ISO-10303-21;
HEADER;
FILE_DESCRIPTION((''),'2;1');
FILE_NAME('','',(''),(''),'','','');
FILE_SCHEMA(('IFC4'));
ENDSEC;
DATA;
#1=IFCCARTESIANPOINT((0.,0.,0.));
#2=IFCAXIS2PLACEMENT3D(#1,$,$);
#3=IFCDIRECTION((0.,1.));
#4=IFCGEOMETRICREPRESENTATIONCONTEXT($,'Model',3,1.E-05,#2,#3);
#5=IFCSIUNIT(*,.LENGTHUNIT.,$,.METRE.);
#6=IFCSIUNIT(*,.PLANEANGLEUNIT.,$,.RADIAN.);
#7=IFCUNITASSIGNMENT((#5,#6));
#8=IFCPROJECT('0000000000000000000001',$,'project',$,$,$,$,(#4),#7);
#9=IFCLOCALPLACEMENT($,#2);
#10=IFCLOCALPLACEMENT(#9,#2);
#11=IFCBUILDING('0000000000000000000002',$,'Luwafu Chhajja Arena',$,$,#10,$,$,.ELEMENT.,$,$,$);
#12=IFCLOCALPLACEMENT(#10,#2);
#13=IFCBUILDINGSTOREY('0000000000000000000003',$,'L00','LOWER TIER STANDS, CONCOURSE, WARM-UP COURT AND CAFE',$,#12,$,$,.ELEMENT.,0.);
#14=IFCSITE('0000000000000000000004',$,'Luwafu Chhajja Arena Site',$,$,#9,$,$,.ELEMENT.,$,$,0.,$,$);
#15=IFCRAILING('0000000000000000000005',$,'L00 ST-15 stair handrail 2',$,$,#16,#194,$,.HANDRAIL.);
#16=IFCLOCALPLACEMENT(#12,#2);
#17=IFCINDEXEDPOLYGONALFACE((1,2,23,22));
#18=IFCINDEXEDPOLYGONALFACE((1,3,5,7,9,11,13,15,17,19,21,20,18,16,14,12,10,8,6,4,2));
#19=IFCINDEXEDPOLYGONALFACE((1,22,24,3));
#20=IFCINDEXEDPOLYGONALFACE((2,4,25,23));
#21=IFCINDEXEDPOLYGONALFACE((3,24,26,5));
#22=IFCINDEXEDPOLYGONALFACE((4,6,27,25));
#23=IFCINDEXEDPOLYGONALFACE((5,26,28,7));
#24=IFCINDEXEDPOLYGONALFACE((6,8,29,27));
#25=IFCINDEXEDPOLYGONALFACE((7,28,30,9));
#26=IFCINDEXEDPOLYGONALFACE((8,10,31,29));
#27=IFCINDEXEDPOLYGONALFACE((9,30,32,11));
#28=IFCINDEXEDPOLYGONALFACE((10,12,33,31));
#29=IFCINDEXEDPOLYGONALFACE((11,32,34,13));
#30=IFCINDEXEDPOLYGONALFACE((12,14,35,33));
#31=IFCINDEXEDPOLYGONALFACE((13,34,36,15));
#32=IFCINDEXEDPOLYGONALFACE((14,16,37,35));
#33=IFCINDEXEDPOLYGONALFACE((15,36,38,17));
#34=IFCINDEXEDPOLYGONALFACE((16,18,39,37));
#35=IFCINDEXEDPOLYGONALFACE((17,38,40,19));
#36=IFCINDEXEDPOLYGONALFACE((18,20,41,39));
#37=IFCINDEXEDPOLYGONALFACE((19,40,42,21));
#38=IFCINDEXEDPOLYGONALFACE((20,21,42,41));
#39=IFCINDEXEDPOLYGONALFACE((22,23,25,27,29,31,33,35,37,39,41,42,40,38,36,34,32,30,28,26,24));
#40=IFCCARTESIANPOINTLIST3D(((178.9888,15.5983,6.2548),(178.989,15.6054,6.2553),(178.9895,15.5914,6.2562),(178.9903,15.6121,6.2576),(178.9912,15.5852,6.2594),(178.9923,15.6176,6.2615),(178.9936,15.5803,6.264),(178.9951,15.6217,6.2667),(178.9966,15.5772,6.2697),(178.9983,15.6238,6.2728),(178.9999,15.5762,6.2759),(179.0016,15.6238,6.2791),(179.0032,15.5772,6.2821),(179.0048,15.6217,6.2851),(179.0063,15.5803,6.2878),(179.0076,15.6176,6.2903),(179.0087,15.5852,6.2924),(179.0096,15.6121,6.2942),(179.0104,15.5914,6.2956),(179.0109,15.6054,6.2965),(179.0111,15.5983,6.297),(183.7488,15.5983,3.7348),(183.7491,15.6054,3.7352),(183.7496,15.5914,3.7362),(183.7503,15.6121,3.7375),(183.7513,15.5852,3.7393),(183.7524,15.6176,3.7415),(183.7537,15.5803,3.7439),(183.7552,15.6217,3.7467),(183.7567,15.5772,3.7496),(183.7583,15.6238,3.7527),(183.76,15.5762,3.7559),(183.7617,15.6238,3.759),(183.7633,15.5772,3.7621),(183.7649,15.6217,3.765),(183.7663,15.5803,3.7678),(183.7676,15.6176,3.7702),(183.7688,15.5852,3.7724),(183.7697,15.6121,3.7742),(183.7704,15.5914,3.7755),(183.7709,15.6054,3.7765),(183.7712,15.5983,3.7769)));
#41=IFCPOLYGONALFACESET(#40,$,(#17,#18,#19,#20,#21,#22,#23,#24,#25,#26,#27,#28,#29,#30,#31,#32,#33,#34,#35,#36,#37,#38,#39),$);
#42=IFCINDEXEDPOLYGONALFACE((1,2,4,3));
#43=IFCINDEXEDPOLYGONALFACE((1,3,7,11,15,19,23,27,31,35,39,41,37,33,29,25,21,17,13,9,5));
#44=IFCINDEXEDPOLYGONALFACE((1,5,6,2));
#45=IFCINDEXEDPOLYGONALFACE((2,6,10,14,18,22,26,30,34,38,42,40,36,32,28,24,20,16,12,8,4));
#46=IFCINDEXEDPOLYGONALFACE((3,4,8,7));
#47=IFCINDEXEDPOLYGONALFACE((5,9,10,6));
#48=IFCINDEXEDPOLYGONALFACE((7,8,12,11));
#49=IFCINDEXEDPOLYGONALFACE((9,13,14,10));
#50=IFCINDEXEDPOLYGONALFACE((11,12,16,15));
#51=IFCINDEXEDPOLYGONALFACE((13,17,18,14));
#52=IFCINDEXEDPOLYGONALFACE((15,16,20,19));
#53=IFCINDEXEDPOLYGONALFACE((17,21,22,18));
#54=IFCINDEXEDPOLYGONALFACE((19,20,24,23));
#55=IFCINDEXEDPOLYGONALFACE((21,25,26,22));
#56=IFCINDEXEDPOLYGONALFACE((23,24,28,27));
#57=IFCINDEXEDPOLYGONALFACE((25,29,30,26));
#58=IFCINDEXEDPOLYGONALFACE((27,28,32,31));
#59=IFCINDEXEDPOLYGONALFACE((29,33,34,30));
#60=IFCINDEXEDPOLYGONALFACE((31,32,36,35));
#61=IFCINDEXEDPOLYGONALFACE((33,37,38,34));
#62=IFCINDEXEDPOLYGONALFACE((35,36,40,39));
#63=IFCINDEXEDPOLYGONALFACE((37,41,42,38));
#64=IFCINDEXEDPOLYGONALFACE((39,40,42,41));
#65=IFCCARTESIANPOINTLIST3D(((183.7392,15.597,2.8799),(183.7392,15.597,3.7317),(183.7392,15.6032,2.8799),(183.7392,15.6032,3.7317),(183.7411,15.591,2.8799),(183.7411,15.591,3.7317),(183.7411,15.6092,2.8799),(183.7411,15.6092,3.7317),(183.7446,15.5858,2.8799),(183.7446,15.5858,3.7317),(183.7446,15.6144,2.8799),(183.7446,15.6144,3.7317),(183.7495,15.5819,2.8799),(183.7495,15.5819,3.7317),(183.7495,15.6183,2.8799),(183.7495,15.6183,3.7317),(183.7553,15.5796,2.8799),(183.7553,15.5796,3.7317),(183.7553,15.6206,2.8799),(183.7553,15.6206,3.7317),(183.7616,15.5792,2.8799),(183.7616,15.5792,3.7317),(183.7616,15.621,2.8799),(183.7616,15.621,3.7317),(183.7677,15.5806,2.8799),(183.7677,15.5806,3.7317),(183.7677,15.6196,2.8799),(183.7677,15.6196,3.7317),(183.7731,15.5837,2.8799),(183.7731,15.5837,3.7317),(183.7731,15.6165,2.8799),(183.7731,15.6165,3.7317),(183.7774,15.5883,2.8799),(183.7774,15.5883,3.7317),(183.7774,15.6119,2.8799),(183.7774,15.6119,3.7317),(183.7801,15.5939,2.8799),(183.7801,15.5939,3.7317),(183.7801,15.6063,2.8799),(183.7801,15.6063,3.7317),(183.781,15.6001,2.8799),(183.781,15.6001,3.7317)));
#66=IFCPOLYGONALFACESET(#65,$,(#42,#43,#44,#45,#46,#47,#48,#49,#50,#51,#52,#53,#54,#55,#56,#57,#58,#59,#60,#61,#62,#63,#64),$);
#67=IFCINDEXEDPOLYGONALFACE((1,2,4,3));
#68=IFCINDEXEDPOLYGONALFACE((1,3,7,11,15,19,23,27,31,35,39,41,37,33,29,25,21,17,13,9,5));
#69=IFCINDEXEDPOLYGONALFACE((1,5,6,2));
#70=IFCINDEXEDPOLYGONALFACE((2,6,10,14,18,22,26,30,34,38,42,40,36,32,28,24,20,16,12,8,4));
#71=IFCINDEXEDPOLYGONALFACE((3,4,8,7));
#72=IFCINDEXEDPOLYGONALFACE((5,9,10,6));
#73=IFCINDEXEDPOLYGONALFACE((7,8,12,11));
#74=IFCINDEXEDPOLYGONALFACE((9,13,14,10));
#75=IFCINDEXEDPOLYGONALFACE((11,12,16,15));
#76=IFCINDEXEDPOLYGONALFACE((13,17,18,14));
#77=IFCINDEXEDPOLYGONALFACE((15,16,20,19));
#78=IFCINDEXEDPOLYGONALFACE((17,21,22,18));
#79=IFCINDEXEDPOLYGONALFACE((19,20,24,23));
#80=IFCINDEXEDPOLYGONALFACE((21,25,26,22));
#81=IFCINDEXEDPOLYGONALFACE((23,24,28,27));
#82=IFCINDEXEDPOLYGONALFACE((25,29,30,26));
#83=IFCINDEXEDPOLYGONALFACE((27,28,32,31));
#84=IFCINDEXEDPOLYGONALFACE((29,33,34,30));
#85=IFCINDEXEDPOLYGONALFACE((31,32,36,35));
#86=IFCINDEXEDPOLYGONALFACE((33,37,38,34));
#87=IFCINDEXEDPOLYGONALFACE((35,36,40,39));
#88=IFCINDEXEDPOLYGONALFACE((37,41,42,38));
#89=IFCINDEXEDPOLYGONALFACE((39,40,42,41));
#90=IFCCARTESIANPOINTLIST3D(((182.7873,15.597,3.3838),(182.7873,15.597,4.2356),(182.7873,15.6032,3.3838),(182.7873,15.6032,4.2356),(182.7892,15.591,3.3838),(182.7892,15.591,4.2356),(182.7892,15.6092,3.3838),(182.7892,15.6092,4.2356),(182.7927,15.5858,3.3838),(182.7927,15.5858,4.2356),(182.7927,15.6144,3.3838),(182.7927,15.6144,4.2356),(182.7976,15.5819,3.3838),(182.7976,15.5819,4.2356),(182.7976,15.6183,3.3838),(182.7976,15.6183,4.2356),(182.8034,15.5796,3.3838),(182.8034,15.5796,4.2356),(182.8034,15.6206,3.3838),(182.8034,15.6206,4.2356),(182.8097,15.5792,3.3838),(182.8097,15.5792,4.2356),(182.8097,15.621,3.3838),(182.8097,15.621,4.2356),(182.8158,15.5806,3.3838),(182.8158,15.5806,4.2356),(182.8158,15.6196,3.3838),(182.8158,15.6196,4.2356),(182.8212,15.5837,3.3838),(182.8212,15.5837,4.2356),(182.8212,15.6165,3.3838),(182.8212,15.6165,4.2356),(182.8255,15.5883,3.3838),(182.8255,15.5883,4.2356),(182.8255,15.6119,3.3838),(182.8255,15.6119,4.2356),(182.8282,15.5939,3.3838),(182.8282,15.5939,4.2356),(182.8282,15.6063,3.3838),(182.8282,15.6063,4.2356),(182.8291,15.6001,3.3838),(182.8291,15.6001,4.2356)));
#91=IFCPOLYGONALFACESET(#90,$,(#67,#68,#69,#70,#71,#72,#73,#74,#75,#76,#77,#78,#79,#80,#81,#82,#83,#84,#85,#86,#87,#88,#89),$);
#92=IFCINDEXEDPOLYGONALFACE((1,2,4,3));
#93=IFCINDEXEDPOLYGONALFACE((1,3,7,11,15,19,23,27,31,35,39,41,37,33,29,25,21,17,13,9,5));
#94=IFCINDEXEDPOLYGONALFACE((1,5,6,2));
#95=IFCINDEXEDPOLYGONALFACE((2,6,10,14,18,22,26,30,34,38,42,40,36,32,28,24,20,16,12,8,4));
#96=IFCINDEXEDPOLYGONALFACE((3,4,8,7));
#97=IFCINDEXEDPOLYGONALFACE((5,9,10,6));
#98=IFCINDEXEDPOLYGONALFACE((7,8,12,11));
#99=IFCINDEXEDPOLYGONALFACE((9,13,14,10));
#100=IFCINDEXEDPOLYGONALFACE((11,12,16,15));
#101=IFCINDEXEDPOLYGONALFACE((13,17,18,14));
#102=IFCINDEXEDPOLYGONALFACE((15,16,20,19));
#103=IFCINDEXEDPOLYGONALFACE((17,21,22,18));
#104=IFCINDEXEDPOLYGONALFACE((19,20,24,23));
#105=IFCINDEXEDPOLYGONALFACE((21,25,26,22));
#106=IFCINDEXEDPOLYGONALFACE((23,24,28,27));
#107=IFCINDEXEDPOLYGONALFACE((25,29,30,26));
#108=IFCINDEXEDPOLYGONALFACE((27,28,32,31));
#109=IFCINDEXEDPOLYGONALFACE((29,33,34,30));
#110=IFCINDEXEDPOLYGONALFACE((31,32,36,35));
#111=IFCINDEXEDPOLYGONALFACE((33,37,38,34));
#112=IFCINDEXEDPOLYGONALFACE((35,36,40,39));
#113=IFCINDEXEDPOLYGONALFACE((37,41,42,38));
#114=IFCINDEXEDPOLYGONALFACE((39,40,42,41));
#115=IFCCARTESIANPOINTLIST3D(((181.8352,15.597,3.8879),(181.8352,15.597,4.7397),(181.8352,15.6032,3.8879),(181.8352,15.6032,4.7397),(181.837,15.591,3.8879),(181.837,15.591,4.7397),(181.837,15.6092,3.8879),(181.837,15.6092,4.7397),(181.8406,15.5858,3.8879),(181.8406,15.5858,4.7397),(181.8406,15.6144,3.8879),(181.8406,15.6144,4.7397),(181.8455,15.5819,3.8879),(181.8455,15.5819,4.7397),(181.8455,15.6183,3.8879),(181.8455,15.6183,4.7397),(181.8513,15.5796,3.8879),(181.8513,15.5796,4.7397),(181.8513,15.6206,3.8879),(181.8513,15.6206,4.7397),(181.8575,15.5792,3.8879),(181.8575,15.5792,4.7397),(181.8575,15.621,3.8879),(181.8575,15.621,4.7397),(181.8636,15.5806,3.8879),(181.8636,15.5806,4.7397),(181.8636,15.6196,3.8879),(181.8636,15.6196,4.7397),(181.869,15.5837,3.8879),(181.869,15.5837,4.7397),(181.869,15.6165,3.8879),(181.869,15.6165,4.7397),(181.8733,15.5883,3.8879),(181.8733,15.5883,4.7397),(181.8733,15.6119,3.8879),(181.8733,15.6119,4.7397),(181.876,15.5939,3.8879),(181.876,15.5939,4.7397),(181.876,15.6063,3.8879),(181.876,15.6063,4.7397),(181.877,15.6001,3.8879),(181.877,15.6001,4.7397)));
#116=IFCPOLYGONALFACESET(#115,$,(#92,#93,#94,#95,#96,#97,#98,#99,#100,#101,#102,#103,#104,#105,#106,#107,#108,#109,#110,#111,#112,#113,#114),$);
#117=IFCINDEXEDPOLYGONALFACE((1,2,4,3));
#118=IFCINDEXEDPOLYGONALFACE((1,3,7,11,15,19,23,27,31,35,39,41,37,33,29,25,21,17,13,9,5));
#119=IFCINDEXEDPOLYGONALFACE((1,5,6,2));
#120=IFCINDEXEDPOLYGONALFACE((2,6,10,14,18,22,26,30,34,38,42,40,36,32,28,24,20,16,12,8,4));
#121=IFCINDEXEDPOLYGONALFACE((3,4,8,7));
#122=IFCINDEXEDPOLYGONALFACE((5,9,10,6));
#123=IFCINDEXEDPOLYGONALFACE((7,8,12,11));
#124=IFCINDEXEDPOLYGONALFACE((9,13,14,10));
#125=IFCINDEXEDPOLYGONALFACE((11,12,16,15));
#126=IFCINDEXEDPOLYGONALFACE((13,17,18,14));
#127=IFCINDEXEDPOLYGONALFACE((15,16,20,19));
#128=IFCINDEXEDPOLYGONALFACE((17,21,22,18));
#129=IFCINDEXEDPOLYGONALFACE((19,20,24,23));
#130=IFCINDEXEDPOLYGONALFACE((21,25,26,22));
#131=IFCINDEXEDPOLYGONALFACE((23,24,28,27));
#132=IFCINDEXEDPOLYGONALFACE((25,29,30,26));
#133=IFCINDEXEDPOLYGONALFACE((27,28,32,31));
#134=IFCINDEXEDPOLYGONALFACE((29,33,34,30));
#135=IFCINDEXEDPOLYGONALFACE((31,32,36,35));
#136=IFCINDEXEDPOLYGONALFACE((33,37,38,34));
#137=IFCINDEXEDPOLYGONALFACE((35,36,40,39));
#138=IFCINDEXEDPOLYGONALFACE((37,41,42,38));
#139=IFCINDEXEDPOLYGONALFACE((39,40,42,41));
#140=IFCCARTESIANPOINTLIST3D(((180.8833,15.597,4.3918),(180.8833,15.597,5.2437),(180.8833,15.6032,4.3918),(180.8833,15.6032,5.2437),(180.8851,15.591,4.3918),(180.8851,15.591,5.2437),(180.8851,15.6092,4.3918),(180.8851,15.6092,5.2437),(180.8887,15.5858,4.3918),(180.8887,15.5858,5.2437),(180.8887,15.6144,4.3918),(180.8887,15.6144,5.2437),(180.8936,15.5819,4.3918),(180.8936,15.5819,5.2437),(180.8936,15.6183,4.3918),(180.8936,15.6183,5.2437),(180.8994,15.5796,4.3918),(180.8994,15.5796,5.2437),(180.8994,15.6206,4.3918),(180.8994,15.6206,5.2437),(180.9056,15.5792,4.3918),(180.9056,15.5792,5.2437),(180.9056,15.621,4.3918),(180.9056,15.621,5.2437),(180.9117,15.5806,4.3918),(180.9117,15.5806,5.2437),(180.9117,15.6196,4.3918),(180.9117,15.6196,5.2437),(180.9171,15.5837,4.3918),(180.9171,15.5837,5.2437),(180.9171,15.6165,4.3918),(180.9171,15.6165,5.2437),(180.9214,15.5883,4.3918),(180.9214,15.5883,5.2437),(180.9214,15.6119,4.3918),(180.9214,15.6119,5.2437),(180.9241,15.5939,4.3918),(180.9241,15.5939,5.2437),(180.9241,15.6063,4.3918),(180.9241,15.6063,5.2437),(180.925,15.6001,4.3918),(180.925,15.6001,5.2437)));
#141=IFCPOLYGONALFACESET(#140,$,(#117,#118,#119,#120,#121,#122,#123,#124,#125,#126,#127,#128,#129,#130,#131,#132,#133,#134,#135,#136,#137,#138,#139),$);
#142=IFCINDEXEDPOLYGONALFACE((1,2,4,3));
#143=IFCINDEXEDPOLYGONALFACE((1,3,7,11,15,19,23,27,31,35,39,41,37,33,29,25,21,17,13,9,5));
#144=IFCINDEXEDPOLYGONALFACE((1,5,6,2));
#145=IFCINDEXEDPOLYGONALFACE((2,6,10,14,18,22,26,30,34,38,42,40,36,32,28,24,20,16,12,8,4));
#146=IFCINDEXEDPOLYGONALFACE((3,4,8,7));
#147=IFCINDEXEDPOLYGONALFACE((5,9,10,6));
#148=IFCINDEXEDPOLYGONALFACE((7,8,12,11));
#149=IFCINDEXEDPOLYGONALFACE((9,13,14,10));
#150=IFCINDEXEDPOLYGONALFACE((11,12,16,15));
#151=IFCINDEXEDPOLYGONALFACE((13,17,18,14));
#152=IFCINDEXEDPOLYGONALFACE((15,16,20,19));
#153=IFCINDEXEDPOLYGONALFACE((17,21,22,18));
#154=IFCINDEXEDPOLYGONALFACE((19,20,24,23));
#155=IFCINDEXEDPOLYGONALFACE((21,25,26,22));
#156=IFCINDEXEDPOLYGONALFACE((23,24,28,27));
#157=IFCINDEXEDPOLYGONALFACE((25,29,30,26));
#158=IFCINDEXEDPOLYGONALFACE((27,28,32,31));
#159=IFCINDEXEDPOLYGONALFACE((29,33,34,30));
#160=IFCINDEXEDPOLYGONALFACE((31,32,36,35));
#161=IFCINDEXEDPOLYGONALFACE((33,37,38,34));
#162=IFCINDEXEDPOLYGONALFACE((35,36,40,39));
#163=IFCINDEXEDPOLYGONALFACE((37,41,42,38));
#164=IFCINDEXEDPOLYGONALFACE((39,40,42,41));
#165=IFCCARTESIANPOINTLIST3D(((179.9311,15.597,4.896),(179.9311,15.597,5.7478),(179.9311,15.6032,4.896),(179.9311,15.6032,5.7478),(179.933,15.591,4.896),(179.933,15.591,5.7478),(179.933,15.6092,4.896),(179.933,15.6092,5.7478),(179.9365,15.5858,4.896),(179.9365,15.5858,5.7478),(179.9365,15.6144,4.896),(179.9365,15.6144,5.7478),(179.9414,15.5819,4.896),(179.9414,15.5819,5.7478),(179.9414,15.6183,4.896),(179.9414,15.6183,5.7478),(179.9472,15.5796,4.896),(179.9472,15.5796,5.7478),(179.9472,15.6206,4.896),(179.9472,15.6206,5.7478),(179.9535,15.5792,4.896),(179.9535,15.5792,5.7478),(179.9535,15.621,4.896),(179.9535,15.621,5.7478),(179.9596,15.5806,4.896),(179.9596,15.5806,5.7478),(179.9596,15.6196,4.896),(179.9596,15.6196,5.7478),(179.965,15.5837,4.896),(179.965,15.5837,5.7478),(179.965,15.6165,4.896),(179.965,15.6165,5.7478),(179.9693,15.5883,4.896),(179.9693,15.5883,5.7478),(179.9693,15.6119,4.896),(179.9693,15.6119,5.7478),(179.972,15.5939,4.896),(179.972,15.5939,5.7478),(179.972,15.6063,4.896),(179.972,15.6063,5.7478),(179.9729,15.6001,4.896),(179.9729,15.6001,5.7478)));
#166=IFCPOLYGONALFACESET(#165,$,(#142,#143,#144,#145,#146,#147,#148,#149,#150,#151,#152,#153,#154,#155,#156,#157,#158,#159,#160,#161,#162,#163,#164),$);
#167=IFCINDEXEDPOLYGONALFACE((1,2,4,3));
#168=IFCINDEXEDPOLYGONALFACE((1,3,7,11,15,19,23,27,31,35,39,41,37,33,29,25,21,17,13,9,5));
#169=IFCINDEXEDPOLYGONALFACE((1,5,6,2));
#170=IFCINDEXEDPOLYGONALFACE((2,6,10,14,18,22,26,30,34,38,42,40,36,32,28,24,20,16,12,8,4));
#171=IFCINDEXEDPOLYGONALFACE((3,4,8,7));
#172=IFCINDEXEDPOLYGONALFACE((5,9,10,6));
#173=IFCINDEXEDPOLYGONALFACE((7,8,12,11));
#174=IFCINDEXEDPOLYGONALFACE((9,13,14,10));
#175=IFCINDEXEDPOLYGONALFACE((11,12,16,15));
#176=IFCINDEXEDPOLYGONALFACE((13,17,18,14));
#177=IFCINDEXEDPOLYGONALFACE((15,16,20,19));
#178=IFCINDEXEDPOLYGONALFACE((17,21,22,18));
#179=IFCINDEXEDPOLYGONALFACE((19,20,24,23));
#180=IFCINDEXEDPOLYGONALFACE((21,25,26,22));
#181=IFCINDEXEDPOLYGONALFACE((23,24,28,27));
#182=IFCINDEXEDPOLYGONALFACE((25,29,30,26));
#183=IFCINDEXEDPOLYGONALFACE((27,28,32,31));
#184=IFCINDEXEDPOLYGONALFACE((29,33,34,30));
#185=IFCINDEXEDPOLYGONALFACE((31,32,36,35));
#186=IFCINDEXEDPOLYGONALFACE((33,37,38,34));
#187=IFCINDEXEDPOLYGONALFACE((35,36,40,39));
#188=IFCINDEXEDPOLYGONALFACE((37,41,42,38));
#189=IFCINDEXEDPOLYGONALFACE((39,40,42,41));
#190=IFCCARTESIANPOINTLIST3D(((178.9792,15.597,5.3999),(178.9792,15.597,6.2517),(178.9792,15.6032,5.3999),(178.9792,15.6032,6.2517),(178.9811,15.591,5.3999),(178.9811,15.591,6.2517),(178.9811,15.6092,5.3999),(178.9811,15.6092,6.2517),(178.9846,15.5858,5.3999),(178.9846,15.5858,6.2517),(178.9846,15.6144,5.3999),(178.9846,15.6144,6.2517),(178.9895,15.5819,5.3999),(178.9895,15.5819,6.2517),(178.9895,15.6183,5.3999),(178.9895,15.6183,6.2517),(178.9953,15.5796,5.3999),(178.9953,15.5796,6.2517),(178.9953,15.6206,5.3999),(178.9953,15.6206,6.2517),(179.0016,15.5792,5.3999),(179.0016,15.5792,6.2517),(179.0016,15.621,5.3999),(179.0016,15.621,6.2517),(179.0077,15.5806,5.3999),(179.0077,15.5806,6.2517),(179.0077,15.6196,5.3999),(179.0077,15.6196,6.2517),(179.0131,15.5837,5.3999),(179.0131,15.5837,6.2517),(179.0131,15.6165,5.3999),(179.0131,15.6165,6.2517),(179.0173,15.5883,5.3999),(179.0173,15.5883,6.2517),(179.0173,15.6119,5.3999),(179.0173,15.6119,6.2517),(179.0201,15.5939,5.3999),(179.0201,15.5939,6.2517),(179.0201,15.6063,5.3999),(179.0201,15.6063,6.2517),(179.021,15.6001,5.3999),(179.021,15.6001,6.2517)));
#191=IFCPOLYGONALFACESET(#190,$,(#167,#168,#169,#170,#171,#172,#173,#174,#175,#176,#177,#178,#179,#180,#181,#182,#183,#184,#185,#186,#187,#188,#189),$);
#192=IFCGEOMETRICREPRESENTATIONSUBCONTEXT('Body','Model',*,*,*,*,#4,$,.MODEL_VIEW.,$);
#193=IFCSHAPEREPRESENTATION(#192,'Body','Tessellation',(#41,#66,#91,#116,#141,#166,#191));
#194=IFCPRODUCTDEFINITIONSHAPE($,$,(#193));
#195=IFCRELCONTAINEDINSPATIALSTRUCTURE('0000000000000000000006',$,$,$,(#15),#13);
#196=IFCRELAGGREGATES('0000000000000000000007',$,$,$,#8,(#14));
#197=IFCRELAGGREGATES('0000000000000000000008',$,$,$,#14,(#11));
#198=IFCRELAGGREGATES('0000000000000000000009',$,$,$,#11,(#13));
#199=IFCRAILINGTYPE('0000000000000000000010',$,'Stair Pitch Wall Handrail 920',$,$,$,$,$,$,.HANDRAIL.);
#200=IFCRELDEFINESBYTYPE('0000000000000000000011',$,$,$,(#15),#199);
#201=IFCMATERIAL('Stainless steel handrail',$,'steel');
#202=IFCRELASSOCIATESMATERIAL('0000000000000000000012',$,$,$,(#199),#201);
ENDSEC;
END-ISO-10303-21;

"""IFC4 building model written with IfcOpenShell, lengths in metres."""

from ifc_helpers import new_model, si_unit, direction, frame, origin, origin_2d, place, context, subcontext, project, spatial, circle, extrude, material, type_object, element, save


model = new_model("IFC4")

# Units and contexts
model_context = context("Model", 3, precision=1e-05, world=origin(), true_north=direction((0.0, 1.0)))
body_context = subcontext(model_context, "Body", "Model", "MODEL_VIEW")
ifc_project = project(units=[si_unit("LENGTHUNIT", "METRE"), si_unit("PLANEANGLEUNIT", "RADIAN")], contexts=[model_context])

# Site, building, storey
site_placement = place(None, origin())
site = spatial("IfcSite", under=ifc_project, at=site_placement, Name="Luwafu Chhajja Arena Site", CompositionType="ELEMENT", RefElevation=0.0)
building_placement = place(site_placement, origin())
building = spatial("IfcBuilding", under=site, at=building_placement, Name="Luwafu Chhajja Arena", CompositionType="ELEMENT")
storey_placement = place(building_placement, origin())
storey = spatial("IfcBuildingStorey", under=building, at=storey_placement, Name="L00", Description="LOWER TIER STANDS, CONCOURSE, WARM-UP COURT AND CAFE", CompositionType="ELEMENT", Elevation=0.0)

# Railing
ifc_material_1 = material(Name="Stainless steel handrail", Category="steel")
railing_type_1 = type_object("IfcRailingType", Name="Stair Pitch Wall Handrail 920", PredefinedType="HANDRAIL", material=ifc_material_1)
for number, where, name in (
    (1, (183.76, 15.6001, 2.8799), "L00 ST-15 stair handrail 2"),
):
    element("IfcRailing", number, at=place(storey_placement, frame(where)), inside=storey, type_object=railing_type_1, Name=name, PredefinedType="HANDRAIL", context=body_context, shape_type="SweptSolid", body=[
        extrude(circle(Radius=0.0239, at=origin_2d()), frame((0.0, 0.0, 0.876), z_axis=(-0.883787, 0.0, 0.46789), x_axis=(0.0, -1.0, 0.0)), (0.0, 0.0, 1.0), 5.386),
        extrude(circle(Radius=0.021, at=origin_2d()), origin(), (0.0, 0.0, 1.0), 0.8518),
        extrude(circle(Radius=0.021, at=origin_2d()), frame((-0.9519, 0.0, 0.5039)), (0.0, 0.0, 1.0), 0.8518),
        extrude(circle(Radius=0.021, at=origin_2d()), frame((-1.9041, 0.0, 1.0081)), (0.0, 0.0, 1.0), 0.8518),
        extrude(circle(Radius=0.021, at=origin_2d()), frame((-2.856, 0.0, 1.512)), (0.0, 0.0, 1.0), 0.8518),
        extrude(circle(Radius=0.021, at=origin_2d()), frame((-3.8081, 0.0, 2.0161)), (0.0, 0.0, 1.0), 0.8518),
        extrude(circle(Radius=0.021, at=origin_2d()), frame((-4.76, 0.0, 2.52)), (0.0, 0.0, 1.0), 0.8518),
    ])

save(model, "model.ifc")
